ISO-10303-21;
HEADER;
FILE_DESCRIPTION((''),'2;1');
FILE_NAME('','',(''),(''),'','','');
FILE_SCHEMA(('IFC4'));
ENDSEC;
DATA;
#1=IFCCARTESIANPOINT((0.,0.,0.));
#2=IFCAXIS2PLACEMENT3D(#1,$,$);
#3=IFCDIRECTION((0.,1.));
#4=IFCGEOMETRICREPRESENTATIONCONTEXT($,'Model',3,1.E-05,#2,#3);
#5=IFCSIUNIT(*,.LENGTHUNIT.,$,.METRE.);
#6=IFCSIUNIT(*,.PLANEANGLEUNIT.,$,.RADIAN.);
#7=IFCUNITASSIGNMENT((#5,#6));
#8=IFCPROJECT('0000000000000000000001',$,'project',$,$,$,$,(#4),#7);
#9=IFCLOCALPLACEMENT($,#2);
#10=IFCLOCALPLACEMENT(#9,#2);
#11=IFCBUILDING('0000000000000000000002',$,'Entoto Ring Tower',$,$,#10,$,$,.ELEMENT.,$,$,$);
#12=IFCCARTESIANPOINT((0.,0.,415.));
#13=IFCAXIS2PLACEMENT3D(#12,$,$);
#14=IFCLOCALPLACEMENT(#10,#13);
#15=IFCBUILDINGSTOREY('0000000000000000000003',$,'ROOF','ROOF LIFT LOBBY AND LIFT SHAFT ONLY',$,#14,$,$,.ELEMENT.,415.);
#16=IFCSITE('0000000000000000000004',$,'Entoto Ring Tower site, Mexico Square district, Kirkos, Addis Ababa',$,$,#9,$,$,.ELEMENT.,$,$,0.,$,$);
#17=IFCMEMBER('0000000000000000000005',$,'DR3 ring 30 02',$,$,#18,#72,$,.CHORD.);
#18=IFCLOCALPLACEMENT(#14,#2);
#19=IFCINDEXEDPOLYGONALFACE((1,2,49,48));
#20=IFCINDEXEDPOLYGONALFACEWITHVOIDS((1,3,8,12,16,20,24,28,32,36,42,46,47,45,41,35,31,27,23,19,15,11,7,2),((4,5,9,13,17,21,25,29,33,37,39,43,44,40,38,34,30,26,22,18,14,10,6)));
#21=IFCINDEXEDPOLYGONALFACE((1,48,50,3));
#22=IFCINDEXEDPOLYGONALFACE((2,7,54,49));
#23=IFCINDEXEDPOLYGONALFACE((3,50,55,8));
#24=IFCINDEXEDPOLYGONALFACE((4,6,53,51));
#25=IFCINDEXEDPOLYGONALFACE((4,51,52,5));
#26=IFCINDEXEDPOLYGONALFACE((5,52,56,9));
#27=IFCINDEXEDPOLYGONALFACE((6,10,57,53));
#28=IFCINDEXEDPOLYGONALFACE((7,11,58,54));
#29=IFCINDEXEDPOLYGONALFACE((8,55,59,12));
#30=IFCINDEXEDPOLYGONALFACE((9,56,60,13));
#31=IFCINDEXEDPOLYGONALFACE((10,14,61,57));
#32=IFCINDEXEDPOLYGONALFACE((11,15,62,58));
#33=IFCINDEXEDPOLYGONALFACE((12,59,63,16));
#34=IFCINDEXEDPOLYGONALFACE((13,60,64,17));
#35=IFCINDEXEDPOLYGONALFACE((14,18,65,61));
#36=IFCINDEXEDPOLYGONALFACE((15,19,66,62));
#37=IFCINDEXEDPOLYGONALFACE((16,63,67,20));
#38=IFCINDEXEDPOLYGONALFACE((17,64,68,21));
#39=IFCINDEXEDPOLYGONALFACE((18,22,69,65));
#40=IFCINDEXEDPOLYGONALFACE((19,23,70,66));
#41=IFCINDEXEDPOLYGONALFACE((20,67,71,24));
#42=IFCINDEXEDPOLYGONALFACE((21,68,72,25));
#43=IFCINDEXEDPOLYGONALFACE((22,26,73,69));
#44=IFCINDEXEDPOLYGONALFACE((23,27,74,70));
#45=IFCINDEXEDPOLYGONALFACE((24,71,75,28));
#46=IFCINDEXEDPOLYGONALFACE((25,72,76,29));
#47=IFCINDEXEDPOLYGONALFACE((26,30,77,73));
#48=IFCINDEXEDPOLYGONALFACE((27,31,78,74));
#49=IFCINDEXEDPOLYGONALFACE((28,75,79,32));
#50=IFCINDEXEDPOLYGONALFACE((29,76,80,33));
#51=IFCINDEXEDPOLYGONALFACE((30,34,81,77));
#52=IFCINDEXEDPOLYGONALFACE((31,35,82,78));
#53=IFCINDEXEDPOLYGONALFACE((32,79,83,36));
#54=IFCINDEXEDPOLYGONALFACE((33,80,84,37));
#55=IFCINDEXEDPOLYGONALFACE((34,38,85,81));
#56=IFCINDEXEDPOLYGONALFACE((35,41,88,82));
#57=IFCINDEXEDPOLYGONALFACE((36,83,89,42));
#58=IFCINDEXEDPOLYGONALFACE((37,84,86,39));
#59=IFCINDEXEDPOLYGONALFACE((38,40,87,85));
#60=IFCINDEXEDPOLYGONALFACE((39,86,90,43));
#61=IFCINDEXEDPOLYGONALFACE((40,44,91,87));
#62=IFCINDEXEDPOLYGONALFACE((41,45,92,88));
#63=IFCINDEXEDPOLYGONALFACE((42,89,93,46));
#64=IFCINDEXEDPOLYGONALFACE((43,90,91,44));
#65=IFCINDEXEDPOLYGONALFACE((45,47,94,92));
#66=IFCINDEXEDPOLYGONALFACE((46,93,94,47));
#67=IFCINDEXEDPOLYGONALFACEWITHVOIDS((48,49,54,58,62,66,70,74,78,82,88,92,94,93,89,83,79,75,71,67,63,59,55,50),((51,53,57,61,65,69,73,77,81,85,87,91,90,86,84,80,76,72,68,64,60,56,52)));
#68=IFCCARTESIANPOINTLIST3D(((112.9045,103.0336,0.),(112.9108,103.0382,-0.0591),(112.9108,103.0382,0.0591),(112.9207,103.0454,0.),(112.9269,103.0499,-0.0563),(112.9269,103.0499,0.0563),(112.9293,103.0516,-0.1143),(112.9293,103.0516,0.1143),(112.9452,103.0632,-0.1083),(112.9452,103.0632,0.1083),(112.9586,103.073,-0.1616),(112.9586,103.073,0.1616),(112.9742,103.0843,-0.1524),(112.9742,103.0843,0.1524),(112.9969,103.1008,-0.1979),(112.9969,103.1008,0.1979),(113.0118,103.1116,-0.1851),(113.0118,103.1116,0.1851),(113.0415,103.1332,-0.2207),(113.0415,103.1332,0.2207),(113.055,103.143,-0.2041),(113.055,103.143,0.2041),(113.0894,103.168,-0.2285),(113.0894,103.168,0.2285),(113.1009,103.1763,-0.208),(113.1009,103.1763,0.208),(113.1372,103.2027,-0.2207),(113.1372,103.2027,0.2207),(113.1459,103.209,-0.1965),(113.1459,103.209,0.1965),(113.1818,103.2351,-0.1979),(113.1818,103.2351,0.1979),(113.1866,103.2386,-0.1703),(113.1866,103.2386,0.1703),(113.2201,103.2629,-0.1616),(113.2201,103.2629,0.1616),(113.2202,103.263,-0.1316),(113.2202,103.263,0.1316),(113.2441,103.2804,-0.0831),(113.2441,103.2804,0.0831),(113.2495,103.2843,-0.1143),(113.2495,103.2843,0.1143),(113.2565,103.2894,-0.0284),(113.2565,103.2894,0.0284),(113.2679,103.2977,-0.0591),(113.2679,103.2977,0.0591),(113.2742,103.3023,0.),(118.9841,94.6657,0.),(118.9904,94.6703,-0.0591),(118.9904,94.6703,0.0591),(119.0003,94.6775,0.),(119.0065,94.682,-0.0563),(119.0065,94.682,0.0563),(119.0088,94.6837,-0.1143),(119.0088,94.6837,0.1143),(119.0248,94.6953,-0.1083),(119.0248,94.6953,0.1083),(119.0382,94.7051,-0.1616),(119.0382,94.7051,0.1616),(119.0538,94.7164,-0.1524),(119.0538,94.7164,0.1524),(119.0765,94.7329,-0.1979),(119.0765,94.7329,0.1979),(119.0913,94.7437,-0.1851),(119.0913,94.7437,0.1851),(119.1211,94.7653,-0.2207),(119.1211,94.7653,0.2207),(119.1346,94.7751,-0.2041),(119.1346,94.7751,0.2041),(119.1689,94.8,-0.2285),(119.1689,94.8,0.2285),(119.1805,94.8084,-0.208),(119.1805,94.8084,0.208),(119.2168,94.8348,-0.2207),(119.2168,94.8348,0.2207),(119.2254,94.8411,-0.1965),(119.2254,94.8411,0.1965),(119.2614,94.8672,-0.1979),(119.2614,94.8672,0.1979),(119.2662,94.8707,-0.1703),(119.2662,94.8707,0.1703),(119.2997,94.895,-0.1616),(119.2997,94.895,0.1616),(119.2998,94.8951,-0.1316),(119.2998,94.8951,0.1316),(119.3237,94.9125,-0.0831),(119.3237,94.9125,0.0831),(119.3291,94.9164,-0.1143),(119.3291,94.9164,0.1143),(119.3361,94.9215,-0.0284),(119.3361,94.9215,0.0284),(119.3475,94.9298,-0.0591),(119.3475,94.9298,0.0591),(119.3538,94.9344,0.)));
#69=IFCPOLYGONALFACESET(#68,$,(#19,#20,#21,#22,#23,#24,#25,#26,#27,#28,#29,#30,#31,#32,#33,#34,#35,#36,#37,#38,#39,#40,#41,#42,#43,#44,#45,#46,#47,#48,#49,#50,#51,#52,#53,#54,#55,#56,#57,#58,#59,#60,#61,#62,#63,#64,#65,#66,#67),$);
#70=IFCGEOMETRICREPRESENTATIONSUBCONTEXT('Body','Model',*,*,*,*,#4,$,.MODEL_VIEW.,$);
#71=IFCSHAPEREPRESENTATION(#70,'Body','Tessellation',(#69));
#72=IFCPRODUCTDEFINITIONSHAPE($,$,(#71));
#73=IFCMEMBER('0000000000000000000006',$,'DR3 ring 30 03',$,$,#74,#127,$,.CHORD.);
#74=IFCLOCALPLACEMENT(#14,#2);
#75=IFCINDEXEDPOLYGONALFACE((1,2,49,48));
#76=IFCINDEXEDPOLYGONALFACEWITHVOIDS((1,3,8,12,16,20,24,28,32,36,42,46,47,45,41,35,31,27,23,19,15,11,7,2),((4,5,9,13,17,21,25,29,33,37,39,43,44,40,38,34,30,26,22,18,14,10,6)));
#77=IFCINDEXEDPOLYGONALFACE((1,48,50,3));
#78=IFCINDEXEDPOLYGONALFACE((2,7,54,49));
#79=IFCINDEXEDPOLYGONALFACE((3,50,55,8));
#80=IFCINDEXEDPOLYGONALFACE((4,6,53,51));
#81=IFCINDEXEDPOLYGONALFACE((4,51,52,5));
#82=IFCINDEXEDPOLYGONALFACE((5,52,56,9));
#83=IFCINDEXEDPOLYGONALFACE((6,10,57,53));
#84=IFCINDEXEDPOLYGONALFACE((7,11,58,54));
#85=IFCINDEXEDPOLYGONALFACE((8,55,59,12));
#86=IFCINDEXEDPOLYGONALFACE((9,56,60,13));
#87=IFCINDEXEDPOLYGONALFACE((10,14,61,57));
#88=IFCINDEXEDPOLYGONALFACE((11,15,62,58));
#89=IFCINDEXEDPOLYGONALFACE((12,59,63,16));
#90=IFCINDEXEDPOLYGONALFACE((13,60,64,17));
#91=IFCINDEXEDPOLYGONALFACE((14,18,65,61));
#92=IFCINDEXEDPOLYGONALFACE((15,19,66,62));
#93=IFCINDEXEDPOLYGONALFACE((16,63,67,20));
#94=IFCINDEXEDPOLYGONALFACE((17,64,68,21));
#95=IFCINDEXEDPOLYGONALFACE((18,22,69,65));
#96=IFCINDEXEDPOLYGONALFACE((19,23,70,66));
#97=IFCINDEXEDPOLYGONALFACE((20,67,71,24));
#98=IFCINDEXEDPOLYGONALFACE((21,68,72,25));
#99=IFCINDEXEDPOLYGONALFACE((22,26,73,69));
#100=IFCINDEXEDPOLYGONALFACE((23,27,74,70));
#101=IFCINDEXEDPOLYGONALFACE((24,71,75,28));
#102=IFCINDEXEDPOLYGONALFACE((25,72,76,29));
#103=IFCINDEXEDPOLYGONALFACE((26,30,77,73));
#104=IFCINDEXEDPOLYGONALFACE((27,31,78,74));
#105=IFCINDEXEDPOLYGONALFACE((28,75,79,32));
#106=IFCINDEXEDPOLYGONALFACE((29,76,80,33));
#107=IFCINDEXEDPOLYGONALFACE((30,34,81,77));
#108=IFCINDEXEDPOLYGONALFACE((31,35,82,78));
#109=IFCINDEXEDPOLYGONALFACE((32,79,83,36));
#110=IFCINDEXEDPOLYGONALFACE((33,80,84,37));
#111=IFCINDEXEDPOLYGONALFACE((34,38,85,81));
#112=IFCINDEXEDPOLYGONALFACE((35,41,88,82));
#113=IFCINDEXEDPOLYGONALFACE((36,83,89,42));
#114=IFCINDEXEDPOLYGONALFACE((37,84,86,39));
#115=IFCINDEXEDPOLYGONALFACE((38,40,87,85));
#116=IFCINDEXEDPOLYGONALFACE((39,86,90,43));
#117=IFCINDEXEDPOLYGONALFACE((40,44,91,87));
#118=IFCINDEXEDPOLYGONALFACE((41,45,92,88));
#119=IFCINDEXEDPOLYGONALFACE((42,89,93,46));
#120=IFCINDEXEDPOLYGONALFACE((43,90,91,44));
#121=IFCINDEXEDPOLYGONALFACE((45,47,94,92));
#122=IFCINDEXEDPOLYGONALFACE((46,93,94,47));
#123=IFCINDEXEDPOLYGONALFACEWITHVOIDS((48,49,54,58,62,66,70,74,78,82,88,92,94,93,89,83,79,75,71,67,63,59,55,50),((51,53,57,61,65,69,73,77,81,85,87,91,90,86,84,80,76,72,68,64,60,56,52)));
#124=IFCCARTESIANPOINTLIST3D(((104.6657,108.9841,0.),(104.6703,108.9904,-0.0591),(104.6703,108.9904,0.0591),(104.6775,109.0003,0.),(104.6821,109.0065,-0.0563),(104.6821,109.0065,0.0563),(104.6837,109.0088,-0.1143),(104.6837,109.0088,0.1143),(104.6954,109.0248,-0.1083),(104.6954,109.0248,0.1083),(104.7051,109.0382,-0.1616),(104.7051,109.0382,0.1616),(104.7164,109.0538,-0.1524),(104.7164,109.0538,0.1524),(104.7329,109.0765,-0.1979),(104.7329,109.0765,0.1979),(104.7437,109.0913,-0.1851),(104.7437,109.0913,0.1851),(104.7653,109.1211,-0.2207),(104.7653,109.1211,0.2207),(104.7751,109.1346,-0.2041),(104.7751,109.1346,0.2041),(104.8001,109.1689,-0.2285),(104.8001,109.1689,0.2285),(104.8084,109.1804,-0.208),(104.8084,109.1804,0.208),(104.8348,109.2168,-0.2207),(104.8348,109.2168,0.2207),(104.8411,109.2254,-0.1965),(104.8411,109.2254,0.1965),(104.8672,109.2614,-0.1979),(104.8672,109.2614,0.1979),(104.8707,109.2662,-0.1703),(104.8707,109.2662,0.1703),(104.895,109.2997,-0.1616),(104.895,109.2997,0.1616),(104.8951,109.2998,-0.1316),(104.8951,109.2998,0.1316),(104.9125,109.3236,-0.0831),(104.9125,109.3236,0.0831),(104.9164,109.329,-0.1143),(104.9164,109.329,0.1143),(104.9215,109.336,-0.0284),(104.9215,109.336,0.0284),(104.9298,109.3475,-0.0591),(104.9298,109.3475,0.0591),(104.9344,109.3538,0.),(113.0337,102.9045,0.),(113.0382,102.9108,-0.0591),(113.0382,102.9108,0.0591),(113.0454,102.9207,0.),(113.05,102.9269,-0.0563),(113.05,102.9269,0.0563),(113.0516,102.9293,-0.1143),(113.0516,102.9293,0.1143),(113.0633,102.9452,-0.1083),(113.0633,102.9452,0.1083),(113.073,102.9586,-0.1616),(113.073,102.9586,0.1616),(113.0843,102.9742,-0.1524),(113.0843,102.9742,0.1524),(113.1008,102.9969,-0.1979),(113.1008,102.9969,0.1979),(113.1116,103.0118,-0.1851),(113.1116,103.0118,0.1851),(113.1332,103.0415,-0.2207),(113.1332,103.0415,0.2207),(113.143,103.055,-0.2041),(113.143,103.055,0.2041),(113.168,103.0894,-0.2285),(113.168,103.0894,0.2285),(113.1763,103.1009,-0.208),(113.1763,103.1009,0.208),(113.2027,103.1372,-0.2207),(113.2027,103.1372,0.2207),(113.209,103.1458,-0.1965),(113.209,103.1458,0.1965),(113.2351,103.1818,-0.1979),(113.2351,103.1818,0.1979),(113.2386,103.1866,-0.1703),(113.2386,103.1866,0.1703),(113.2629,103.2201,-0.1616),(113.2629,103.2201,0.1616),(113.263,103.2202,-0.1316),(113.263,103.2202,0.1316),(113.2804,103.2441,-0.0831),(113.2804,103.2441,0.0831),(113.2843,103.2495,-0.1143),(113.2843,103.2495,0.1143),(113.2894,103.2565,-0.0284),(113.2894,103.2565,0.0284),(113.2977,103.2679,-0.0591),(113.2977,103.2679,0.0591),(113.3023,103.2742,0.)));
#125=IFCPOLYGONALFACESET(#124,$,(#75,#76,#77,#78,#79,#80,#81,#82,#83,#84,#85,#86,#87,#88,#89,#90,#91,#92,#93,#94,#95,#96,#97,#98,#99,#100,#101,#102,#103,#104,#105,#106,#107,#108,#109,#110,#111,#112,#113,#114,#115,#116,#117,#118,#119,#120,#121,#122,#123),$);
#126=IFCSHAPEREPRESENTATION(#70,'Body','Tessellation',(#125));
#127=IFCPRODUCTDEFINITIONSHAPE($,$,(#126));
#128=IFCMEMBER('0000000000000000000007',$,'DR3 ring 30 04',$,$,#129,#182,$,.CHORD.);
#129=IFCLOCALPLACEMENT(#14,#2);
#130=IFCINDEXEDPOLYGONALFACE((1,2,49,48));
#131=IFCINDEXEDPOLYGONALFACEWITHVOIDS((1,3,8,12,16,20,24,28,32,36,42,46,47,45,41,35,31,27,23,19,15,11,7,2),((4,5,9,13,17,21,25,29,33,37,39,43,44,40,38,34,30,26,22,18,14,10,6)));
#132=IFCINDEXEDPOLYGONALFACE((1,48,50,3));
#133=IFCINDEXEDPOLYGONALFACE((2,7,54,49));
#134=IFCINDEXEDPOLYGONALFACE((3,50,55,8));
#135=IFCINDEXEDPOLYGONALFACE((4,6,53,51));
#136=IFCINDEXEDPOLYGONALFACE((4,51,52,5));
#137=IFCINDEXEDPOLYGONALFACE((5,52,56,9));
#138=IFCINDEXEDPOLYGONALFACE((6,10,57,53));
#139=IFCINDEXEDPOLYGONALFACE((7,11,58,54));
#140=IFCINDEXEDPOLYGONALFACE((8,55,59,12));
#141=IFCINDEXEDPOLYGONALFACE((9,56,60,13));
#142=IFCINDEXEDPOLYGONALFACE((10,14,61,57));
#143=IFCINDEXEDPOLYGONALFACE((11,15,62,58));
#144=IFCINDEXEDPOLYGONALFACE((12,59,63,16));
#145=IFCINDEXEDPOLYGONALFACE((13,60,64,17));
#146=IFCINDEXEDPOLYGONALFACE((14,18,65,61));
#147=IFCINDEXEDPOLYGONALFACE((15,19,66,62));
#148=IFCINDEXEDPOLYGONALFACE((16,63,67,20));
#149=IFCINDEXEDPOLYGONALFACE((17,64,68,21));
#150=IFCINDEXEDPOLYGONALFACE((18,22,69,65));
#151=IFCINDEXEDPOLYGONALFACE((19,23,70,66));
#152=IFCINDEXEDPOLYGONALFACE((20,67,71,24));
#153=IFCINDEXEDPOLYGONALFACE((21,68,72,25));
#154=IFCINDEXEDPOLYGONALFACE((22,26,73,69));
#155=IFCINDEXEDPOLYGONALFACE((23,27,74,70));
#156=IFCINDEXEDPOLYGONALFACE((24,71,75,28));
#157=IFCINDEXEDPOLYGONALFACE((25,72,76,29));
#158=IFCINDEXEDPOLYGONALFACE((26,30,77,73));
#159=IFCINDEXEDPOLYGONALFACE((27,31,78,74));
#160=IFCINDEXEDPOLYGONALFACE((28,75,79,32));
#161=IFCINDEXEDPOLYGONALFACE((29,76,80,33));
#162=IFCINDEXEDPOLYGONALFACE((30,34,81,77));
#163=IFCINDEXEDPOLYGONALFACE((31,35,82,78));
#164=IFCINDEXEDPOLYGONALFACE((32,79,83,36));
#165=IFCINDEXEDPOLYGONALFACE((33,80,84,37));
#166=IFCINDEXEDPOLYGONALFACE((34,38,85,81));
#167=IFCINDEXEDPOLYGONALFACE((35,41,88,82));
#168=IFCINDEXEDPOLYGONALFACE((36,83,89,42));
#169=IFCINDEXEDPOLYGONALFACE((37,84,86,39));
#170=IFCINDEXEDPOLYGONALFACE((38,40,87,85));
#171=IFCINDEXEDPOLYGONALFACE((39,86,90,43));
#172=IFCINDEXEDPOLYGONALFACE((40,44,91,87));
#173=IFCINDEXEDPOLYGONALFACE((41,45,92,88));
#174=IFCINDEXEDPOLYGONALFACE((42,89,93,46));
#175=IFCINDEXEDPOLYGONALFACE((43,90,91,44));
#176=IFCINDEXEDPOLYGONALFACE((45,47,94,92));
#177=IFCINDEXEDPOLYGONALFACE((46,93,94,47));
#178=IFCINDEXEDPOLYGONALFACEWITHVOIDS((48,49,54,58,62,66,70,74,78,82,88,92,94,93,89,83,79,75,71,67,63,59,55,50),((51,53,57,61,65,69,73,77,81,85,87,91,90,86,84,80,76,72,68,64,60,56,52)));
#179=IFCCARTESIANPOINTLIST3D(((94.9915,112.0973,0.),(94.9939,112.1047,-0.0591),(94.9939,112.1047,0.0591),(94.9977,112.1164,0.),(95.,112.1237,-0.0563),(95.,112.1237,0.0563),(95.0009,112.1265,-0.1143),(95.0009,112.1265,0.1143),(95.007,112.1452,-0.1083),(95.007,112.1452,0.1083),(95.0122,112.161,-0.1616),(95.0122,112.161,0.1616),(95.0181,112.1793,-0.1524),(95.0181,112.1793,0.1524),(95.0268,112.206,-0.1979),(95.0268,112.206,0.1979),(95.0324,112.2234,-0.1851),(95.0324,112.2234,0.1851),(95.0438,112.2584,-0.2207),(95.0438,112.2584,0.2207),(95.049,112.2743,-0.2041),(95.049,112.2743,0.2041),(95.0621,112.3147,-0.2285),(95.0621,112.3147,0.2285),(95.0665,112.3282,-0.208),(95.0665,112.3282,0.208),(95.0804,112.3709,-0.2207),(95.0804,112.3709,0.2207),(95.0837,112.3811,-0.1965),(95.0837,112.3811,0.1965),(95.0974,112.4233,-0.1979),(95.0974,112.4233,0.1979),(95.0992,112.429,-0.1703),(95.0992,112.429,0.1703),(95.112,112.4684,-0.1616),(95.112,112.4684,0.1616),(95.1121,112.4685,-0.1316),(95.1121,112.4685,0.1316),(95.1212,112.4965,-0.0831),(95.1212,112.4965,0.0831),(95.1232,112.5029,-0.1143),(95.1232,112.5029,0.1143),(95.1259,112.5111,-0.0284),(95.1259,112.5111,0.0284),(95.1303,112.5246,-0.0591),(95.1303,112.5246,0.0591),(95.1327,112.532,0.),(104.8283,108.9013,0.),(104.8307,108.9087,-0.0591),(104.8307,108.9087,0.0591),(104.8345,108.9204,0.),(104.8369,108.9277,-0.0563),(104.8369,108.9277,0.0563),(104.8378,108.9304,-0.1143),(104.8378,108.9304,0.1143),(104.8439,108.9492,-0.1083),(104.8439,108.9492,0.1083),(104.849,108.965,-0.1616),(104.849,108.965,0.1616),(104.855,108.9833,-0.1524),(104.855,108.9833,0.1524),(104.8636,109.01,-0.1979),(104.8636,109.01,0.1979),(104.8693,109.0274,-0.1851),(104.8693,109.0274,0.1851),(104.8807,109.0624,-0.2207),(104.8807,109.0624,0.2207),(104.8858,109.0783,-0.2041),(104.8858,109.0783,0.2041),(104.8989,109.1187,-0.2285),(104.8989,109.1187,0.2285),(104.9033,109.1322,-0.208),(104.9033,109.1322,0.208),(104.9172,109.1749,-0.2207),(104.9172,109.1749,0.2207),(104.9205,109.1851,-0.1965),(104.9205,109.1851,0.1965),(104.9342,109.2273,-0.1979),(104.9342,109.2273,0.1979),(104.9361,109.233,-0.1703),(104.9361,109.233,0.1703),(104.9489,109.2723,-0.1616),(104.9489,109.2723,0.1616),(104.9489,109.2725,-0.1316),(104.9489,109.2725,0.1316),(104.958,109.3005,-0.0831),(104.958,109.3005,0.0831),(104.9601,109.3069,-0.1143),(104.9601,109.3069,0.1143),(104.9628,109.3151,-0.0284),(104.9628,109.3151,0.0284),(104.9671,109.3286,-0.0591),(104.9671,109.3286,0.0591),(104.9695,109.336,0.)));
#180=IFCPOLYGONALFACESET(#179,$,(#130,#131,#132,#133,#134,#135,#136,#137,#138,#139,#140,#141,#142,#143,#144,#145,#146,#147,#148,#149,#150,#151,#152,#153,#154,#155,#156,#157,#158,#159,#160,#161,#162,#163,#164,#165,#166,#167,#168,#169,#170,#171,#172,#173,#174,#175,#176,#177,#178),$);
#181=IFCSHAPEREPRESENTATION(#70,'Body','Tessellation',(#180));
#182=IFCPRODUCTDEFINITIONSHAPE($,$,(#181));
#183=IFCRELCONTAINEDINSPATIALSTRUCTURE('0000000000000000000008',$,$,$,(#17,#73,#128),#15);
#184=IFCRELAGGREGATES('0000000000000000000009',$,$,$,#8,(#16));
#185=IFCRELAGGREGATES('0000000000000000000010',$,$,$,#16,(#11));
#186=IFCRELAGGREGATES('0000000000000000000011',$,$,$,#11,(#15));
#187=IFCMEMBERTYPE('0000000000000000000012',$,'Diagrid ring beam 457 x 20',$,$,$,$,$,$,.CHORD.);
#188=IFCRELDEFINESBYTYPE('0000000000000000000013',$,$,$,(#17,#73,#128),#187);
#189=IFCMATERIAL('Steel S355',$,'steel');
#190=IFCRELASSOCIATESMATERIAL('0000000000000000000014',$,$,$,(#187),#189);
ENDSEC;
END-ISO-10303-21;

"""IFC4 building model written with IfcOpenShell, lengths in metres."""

from ifc_helpers import new_model, si_unit, direction, frame, origin, origin_2d, place, context, subcontext, project, spatial, circle, hollow_circle, extrude, material, material_profile, profile_set, type_object, element, save


model = new_model("IFC4")

# Units and contexts
model_context = context("Model", 3, precision=1e-05, world=origin(), true_north=direction((0.0, 1.0)))
body_context = subcontext(model_context, "Body", "Model", "MODEL_VIEW")
ifc_project = project(units=[si_unit("LENGTHUNIT", "METRE"), si_unit("PLANEANGLEUNIT", "RADIAN")], contexts=[model_context])

# Site, building, storey
site_placement = place(None, origin())
site = spatial("IfcSite", under=ifc_project, at=site_placement, Name="Entoto Ring Tower site, Mexico Square district, Kirkos, Addis Ababa", CompositionType="ELEMENT", RefElevation=0.0)
building_placement = place(site_placement, origin())
building = spatial("IfcBuilding", under=site, at=building_placement, Name="Entoto Ring Tower", CompositionType="ELEMENT")
storey_placement = place(building_placement, frame((0.0, 0.0, 415.0)))
storey = spatial("IfcBuildingStorey", under=building, at=storey_placement, Name="ROOF", Description="ROOF LIFT LOBBY AND LIFT SHAFT ONLY", CompositionType="ELEMENT", Elevation=415.0)

# Members
ifc_material_1 = material(Name="Steel S355", Category="steel")
ifc_material_profile_1 = material_profile(ifc_material_1, hollow_circle(Radius=0.2285, WallThickness=0.02, at=origin_2d()), Name="CHS 457 x 20")
ifc_material_2 = material(Name="Concrete C60/75", Category="concrete")
ifc_material_profile_2 = material_profile(ifc_material_2, circle(Radius=0.2085, at=origin_2d()), Name="Concrete C60/75 infill")
ifc_profile_set_1 = profile_set([ifc_material_profile_1, ifc_material_profile_2], Name="Steel S355")
member_type_1 = type_object("IfcMemberType", Name="Diagrid ring beam 457 x 20", PredefinedType="CHORD", material=ifc_profile_set_1)
for number, where, z_axis, x_axis, name in (
    (1, (119.1689, 94.8, 0.0), (-0.587781, 0.80902, 0.0), (-0.80902, -0.587781, 0.0), "DR3 ring 30 02"),
    (2, (113.168, 103.0894, 0.0), (-0.80902, 0.587781, 0.0), (-0.587781, -0.80902, 0.0), "DR3 ring 30 03"),
):
    element("IfcMember", number, at=place(storey_placement, frame(where, z_axis=z_axis, x_axis=x_axis)), inside=storey, type_object=member_type_1, Name=name, PredefinedType="CHORD", context=body_context, shape_type="SweptSolid", body=[
        extrude(hollow_circle(Radius=0.2285, WallThickness=0.02, at=origin_2d()), origin(), (0.0, 0.0, 1.0), 10.3433),
    ])
member_1_placement = place(storey_placement, frame((104.8989, 109.1187, 0.0), z_axis=(-0.951061, 0.309003, 0.0), x_axis=(-0.309003, -0.951061, 0.0)))
element("IfcMember", 3, at=member_1_placement, inside=storey, type_object=member_type_1, Name="DR3 ring 30 04", PredefinedType="CHORD", context=body_context, shape_type="SweptSolid", body=[
    extrude(hollow_circle(Radius=0.2285, WallThickness=0.02, at=origin_2d()), origin(), (0.0, 0.0, 1.0), 10.343),
])

save(model, "model.ifc")
